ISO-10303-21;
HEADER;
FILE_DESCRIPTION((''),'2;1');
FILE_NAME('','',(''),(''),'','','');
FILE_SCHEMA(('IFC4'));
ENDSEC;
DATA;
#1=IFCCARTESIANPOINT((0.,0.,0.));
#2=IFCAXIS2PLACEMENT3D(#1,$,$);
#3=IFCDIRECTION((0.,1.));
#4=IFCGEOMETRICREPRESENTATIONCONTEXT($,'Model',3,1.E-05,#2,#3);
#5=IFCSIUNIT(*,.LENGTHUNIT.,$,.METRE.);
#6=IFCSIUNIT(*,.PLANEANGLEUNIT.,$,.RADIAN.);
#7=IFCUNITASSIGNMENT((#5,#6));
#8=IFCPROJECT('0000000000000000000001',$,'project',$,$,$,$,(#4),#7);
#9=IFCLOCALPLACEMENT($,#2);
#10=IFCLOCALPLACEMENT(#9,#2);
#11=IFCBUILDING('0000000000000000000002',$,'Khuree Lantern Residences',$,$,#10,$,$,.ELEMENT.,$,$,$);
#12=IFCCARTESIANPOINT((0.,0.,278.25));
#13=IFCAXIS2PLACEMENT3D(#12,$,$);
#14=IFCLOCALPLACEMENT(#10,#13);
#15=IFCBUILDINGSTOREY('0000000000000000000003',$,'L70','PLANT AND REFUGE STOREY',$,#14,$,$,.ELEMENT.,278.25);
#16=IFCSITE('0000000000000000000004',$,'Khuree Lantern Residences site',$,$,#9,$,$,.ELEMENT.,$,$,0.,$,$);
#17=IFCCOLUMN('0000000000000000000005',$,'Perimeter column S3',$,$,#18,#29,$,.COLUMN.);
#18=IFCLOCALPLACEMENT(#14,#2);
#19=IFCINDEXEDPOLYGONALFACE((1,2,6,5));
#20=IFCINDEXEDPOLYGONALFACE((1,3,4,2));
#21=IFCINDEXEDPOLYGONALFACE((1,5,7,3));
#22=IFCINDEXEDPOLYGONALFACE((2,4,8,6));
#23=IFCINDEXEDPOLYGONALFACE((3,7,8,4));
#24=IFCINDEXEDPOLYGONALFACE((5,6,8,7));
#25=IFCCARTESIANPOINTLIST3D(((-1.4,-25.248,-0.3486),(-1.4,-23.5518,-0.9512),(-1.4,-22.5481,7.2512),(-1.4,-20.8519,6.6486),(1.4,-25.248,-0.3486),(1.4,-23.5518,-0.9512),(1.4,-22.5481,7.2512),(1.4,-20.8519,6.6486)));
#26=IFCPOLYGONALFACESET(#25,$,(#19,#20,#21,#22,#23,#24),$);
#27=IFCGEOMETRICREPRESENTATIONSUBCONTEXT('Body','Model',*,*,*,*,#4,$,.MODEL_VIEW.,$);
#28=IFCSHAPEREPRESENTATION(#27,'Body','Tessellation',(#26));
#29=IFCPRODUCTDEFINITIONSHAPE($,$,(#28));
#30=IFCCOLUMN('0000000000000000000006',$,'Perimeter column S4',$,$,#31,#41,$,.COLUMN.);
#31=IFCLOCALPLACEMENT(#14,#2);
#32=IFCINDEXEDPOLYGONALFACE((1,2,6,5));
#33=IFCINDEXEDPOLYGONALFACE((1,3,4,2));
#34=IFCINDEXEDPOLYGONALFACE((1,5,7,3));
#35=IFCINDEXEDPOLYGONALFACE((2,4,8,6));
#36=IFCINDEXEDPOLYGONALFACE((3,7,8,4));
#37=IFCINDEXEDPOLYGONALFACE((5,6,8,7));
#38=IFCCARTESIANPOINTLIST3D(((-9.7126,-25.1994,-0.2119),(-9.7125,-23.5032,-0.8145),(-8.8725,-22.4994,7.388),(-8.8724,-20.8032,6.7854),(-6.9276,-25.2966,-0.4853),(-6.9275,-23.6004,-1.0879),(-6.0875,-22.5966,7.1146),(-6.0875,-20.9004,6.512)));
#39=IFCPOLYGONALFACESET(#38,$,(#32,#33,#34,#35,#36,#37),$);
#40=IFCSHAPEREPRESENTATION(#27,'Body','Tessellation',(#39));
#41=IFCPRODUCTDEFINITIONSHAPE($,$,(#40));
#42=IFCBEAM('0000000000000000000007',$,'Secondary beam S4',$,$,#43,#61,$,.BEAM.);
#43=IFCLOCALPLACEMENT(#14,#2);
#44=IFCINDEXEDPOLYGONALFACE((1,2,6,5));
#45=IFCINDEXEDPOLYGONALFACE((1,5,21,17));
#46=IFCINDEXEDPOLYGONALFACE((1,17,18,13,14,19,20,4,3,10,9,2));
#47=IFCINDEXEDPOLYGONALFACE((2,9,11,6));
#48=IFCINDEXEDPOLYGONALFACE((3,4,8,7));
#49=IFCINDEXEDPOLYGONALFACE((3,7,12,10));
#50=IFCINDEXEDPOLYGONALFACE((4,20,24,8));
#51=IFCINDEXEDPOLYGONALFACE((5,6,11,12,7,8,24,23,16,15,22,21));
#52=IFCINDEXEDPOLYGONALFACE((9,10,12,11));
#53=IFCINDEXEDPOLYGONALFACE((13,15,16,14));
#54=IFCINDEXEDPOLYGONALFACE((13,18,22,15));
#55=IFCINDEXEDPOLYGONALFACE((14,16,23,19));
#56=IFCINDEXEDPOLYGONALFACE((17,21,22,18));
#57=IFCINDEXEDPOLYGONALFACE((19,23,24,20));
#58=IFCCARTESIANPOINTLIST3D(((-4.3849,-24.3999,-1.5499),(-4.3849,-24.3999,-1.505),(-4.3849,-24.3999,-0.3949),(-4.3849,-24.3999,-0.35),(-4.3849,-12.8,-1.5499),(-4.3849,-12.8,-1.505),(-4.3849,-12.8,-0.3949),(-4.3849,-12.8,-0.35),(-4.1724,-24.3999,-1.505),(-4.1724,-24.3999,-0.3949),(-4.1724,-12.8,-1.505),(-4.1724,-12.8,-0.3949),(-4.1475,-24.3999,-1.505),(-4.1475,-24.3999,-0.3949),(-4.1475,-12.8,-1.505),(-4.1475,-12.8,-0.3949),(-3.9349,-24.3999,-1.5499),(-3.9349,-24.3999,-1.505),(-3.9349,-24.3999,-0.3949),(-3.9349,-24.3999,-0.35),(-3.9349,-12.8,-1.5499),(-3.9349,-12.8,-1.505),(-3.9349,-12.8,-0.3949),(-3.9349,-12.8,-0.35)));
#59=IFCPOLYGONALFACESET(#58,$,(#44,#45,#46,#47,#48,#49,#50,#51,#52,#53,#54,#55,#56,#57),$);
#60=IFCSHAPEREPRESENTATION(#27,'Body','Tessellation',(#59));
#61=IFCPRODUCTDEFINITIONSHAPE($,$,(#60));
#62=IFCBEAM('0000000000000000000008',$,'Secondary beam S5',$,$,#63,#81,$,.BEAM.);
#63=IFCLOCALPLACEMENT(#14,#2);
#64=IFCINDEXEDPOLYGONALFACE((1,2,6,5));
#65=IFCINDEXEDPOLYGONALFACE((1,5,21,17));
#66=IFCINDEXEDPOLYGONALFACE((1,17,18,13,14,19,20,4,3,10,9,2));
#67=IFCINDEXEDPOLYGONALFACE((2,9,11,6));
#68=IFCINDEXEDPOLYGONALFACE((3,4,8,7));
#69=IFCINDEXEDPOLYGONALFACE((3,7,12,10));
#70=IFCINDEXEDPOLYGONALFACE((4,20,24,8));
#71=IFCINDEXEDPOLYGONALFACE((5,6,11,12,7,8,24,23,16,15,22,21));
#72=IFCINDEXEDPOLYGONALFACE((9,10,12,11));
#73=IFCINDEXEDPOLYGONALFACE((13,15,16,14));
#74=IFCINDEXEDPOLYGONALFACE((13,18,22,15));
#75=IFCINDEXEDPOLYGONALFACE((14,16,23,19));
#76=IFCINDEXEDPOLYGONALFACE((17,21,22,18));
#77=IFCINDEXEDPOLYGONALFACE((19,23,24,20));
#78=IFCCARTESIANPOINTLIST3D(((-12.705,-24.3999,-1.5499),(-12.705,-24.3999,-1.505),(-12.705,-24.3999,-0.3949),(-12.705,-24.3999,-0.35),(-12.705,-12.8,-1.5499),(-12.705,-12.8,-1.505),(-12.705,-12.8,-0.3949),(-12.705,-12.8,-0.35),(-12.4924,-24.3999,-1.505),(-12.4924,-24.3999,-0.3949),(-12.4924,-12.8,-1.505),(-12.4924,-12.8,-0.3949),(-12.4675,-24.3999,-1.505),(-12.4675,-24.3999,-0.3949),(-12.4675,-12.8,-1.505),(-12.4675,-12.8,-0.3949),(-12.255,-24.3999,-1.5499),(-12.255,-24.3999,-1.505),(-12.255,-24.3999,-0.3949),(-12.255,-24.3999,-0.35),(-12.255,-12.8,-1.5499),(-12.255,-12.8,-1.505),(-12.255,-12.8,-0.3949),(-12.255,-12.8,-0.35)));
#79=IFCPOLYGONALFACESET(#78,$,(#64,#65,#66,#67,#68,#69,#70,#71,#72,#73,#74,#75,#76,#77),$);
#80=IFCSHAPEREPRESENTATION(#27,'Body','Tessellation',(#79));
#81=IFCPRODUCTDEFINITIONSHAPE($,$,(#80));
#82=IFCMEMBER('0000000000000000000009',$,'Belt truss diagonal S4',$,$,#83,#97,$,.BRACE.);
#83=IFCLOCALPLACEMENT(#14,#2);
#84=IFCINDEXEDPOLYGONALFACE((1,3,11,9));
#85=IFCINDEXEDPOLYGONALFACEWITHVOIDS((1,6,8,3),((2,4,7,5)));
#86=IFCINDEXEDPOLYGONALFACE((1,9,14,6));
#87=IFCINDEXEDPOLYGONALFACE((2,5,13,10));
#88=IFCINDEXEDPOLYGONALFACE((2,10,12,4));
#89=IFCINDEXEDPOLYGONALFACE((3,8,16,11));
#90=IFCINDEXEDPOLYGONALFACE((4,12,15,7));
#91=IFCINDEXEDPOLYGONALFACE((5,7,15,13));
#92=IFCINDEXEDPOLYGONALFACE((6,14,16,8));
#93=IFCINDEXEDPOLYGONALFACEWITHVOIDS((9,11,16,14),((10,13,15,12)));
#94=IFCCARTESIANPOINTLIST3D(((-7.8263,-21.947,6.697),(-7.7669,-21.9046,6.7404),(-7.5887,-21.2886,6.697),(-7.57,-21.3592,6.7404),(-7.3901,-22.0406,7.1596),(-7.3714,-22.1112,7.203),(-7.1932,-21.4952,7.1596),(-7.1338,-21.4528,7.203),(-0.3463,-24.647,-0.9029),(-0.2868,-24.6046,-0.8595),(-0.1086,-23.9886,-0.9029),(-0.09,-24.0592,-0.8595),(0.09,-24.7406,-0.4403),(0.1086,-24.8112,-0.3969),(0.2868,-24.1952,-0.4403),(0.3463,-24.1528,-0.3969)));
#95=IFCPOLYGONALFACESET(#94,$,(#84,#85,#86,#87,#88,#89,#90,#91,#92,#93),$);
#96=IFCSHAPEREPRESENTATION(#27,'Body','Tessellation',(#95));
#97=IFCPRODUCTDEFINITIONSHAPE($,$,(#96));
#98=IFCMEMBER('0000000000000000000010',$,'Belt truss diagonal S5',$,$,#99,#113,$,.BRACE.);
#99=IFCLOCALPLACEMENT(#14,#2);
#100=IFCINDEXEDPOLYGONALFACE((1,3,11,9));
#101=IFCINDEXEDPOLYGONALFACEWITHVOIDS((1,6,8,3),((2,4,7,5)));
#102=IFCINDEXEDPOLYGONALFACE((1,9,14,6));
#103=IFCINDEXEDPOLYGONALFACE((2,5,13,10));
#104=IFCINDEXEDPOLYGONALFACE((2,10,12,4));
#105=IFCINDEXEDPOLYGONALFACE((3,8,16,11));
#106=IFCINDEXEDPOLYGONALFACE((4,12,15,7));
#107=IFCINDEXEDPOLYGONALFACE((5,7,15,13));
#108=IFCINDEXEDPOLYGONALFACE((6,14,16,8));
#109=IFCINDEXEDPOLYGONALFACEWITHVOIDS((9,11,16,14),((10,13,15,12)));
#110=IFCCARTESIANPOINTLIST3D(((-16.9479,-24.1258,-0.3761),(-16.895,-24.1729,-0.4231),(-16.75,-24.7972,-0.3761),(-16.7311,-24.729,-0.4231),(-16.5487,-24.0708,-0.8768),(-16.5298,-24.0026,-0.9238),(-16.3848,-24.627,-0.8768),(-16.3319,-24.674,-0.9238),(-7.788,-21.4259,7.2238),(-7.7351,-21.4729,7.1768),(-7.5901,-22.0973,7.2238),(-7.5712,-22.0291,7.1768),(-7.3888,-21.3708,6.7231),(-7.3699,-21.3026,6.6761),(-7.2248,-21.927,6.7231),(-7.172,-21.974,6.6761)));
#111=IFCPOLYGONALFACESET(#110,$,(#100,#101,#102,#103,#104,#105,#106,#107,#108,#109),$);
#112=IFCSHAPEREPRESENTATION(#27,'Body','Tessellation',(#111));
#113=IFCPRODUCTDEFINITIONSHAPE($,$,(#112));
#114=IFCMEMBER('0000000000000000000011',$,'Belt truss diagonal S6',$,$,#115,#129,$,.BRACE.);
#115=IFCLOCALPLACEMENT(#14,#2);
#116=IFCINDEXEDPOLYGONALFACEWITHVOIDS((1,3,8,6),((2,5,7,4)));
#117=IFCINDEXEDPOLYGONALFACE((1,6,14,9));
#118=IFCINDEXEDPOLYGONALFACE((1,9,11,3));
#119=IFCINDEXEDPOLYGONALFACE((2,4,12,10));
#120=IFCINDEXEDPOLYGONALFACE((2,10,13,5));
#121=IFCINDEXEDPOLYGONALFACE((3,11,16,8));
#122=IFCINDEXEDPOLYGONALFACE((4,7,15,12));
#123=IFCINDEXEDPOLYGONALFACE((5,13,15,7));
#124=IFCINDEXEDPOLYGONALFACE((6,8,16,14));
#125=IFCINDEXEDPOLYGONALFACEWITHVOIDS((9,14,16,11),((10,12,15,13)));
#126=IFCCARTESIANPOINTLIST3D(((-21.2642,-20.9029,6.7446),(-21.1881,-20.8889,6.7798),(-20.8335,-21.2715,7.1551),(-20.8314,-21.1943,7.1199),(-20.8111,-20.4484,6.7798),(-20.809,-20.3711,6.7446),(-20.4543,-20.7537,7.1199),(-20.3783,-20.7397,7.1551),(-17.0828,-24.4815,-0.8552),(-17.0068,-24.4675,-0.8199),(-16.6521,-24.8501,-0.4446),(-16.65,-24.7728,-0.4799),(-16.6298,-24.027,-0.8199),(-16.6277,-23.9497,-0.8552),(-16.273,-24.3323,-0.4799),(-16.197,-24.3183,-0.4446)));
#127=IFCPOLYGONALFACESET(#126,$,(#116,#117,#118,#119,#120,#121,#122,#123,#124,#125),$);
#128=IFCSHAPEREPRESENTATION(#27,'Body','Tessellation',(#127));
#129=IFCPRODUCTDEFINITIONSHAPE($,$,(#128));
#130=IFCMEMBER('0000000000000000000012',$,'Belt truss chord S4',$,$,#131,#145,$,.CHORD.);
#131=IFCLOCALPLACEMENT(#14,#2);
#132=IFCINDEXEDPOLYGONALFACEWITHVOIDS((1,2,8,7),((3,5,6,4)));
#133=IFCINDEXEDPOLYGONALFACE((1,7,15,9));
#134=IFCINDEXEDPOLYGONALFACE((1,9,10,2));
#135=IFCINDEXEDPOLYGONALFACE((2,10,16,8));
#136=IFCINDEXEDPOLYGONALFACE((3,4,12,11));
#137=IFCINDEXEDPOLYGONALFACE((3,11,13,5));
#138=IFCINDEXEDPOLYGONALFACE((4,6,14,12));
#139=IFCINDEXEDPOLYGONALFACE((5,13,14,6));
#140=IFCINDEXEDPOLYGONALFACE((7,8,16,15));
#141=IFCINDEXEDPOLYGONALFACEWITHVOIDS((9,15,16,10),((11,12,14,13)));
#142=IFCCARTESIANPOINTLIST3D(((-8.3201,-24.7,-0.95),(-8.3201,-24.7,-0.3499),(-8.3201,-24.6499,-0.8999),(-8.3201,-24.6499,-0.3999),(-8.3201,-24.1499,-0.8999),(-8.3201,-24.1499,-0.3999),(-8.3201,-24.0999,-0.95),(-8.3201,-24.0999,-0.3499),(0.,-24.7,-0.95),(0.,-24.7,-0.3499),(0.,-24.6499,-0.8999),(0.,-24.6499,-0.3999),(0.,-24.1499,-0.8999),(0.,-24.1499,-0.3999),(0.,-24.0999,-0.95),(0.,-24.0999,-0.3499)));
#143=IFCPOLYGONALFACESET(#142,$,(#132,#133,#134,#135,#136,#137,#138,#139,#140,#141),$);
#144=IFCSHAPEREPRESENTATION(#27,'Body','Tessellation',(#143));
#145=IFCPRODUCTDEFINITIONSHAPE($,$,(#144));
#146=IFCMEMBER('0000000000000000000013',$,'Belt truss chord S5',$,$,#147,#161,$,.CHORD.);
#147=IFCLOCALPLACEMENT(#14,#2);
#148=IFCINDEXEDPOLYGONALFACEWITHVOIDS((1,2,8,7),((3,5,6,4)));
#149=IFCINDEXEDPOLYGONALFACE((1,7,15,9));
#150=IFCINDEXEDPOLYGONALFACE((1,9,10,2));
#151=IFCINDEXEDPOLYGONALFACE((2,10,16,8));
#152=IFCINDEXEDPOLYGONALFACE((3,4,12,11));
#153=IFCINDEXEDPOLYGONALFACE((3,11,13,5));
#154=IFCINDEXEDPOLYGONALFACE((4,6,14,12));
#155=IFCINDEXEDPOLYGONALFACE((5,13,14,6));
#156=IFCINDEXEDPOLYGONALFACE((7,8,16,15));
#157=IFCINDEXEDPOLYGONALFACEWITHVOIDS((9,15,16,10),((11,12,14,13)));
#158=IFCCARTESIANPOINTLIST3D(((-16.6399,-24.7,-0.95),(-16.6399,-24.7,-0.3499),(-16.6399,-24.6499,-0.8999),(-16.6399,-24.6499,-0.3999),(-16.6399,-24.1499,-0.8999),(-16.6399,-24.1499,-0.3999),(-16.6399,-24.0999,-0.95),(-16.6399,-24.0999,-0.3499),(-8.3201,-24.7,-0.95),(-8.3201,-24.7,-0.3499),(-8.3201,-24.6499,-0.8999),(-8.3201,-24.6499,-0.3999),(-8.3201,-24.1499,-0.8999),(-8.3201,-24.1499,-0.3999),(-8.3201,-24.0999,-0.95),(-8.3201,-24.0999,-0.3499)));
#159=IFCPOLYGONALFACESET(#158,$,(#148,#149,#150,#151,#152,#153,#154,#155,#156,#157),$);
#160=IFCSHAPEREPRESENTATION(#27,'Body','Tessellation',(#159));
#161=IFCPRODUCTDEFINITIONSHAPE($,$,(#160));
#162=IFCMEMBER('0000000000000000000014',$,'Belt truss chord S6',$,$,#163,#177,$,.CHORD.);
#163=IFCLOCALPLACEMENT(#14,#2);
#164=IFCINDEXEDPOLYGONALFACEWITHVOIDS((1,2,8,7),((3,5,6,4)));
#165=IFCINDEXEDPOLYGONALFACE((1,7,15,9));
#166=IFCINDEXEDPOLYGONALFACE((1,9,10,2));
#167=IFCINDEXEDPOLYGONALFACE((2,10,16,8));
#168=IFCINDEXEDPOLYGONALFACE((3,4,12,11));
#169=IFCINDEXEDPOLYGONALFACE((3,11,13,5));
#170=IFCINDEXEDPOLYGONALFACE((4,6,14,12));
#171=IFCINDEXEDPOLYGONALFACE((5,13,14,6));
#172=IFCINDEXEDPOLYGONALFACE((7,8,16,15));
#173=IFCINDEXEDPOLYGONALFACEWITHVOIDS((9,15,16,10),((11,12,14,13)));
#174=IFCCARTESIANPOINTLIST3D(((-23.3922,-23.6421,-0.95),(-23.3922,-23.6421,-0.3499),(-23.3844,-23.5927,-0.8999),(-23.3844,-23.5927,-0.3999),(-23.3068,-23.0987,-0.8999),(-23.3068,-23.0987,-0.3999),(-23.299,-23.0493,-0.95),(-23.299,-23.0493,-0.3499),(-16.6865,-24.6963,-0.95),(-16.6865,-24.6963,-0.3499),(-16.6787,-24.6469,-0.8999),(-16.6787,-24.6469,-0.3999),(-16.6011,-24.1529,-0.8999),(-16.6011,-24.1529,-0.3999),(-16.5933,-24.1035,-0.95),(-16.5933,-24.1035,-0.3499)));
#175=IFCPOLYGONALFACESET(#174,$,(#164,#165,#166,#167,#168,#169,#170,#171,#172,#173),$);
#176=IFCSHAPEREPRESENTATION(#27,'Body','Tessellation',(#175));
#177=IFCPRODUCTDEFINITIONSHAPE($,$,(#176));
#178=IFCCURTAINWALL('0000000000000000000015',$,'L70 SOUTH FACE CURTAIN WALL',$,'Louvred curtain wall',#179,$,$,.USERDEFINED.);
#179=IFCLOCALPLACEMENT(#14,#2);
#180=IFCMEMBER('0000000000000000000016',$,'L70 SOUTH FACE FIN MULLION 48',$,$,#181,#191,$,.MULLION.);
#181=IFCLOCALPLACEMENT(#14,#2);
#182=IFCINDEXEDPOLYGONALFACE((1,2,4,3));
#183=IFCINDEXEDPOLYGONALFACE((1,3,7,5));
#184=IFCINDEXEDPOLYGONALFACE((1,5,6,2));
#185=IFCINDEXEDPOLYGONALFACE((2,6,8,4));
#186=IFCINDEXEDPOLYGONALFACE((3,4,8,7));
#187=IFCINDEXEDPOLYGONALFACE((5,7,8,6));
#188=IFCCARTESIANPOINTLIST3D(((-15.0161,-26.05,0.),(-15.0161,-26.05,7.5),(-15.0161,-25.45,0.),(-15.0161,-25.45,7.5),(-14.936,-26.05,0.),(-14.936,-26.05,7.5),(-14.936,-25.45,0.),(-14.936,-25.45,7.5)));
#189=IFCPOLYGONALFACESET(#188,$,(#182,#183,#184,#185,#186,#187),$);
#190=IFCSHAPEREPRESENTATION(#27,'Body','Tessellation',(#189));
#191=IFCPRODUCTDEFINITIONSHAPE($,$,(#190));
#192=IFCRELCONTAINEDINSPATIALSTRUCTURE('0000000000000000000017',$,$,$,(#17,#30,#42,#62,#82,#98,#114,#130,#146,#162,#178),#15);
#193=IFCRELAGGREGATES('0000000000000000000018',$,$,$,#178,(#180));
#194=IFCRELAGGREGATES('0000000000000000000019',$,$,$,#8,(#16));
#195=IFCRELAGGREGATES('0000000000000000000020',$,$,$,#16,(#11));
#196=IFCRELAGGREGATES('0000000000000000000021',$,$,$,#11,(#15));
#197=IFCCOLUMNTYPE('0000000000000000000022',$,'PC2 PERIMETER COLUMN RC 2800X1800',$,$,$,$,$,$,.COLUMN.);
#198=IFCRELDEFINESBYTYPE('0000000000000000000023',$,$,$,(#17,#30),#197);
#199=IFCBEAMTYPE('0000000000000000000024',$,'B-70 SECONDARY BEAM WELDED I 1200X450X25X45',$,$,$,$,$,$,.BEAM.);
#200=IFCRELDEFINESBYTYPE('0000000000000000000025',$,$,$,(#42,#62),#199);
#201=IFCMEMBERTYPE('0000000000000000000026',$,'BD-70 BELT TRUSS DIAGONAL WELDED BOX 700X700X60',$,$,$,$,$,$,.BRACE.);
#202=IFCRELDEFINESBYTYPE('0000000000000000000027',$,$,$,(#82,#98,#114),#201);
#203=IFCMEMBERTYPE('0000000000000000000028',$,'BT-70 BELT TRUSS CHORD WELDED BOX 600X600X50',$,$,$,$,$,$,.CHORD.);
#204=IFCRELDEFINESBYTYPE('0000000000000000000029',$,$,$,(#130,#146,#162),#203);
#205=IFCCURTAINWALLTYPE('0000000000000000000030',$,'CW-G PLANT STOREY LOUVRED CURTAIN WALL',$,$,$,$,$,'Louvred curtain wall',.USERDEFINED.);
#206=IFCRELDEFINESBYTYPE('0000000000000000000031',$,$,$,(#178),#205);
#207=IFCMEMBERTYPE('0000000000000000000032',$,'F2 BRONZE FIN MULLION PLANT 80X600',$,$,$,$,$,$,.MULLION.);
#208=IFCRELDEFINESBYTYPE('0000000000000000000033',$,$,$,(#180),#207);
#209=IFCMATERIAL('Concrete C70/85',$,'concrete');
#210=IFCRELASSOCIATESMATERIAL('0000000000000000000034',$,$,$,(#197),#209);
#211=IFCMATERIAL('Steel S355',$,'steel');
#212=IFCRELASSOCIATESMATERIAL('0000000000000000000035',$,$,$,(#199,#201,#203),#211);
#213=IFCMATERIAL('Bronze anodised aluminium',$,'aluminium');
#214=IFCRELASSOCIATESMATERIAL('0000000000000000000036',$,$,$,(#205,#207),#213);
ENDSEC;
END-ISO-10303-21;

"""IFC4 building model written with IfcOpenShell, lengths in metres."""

from ifc_helpers import new_model, si_unit, direction, frame, origin, origin_2d, place, context, subcontext, project, spatial, rectangle, hollow_rectangle, i_section, extrude, material, material_profile, profile_set, type_object, element, aggregate, save


model = new_model("IFC4")

# Units and contexts
model_context = context("Model", 3, precision=1e-05, world=origin(), true_north=direction((0.0, 1.0)))
body_context = subcontext(model_context, "Body", "Model", "MODEL_VIEW")
ifc_project = project(units=[si_unit("LENGTHUNIT", "METRE"), si_unit("PLANEANGLEUNIT", "RADIAN")], contexts=[model_context])

# Site, building, storey
site_placement = place(None, origin())
site = spatial("IfcSite", under=ifc_project, at=site_placement, Name="Khuree Lantern Residences site", CompositionType="ELEMENT", RefElevation=0.0)
building_placement = place(site_placement, origin())
building = spatial("IfcBuilding", under=site, at=building_placement, Name="Khuree Lantern Residences", CompositionType="ELEMENT")
storey_placement = place(building_placement, frame((0.0, 0.0, 278.25)))
storey = spatial("IfcBuildingStorey", under=building, at=storey_placement, Name="L70", Description="PLANT AND REFUGE STOREY", CompositionType="ELEMENT", Elevation=278.25)

# Columns
ifc_material_1 = material(Name="Concrete C70/85", Category="concrete")
ifc_material_profile_1 = material_profile(ifc_material_1, rectangle(XDim=2.8, YDim=1.8, at=origin_2d()), Name="RC 2800X1800")
ifc_profile_set_1 = profile_set([ifc_material_profile_1], Name="Concrete C70/85")
column_type = type_object("IfcColumnType", Name="PC2 PERIMETER COLUMN RC 2800X1800", PredefinedType="COLUMN", material=ifc_profile_set_1)
column_1_placement = place(storey_placement, frame((0.0, -24.3999, -0.6499), z_axis=(0.0, 0.334765, 0.942302), x_axis=(1.0, 0.0, 0.0)))
element("IfcColumn", 1, at=column_1_placement, inside=storey, type_object=column_type, Name="Perimeter column S3", PredefinedType="COLUMN", context=body_context, shape_type="SweptSolid", body=[
    extrude(rectangle(XDim=2.8, YDim=1.8, at=origin_2d()), origin(), (0.0, 0.0, 1.0), 8.0652),
])
column_2_placement = place(storey_placement, frame((-8.3201, -24.3999, -0.6499), z_axis=(0.103602, 0.332964, 0.937231), x_axis=(0.994619, -0.034713, -0.097613)))
element("IfcColumn", 2, at=column_2_placement, inside=storey, type_object=column_type, Name="Perimeter column S4", PredefinedType="COLUMN", context=body_context, shape_type="SweptSolid", body=[
    extrude(rectangle(XDim=2.8, YDim=1.8, at=origin_2d()), origin(), (0.0, 0.0, 1.0), 8.1089),
])

# Beams
ifc_material_2 = material(Name="Steel S355", Category="steel")
ifc_material_profile_2 = material_profile(ifc_material_2, i_section(OverallWidth=0.45, OverallDepth=1.2, WebThickness=0.0249, FlangeThickness=0.0449, at=origin_2d()), Name="WELDED I 1200X450X25X45")
ifc_profile_set_2 = profile_set([ifc_material_profile_2], Name="Steel S355")
beam_type_1 = type_object("IfcBeamType", Name="B-70 SECONDARY BEAM WELDED I 1200X450X25X45", PredefinedType="BEAM", material=ifc_profile_set_2)
for number, where, z_axis, x_axis, name in (
    (3, (-4.1599, -24.3999, -0.95), (0.0, 1.0, 0.0), (-1.0, 0.0, 0.0), "Secondary beam S4"),
    (4, (-12.48, -24.3999, -0.95), (0.0, 1.0, 0.0), (-1.0, 0.0, 0.0), "Secondary beam S5"),
):
    element("IfcBeam", number, at=place(storey_placement, frame(where, z_axis=z_axis, x_axis=x_axis)), inside=storey, type_object=beam_type_1, Name=name, PredefinedType="BEAM", context=body_context, shape_type="SweptSolid", body=[
        extrude(i_section(OverallWidth=0.45, OverallDepth=1.2, WebThickness=0.0249, FlangeThickness=0.0449, at=origin_2d()), origin(), (0.0, 0.0, 1.0), 11.5999),
    ])

# Members
ifc_material_profile_3 = material_profile(ifc_material_2, hollow_rectangle(XDim=0.7, YDim=0.7, WallThickness=0.0601, at=origin_2d()), Name="WELDED BOX 700X700X60")
ifc_profile_set_3 = profile_set([ifc_material_profile_3], Name="Steel S355")
member_type_1 = type_object("IfcMemberType", Name="BD-70 BELT TRUSS DIAGONAL WELDED BOX 700X700X60", PredefinedType="BRACE", material=ifc_profile_set_3)
member_1_placement = place(storey_placement, frame((0.0, -24.3999, -0.6499), z_axis=(-0.680005, 0.245453, 0.690903), x_axis=(-0.339516, -0.9406, 0.0)))
element("IfcMember", 5, at=member_1_placement, inside=storey, type_object=member_type_1, Name="Belt truss diagonal S4", PredefinedType="BRACE", context=body_context, shape_type="SweptSolid", body=[
    extrude(hollow_rectangle(XDim=0.7, YDim=0.7, WallThickness=0.0601, at=origin_2d()), origin(), (0.0, 0.0, 1.0), 11.0),
])
member_2_placement = place(storey_placement, frame((-7.48, -21.7, 6.95), z_axis=(-0.750531, -0.221225, -0.622706), x_axis=(0.282731, -0.959199, 0.0)))
element("IfcMember", 6, at=member_2_placement, inside=storey, type_object=member_type_1, Name="Belt truss diagonal S5", PredefinedType="BRACE", context=body_context, shape_type="SweptSolid", body=[
    extrude(hollow_rectangle(XDim=0.7, YDim=0.7, WallThickness=0.0601, at=origin_2d()), origin(), (0.0, 0.0, 1.0), 12.2046),
])
member_3_placement = place(storey_placement, frame((-16.6399, -24.3999, -0.6499), z_axis=(-0.445616, 0.381377, 0.809925), x_axis=(-0.650221, -0.759745, 0.0)))
element("IfcMember", 7, at=member_3_placement, inside=storey, type_object=member_type_1, Name="Belt truss diagonal S6", PredefinedType="BRACE", context=body_context, shape_type="SweptSolid", body=[
    extrude(hollow_rectangle(XDim=0.7, YDim=0.7, WallThickness=0.0601, at=origin_2d()), origin(), (0.0, 0.0, 1.0), 9.3833),
])
ifc_material_profile_4 = material_profile(ifc_material_2, hollow_rectangle(XDim=0.6001, YDim=0.6001, WallThickness=0.05, at=origin_2d()), Name="WELDED BOX 600X600X50")
ifc_profile_set_4 = profile_set([ifc_material_profile_4], Name="Steel S355")
member_type_2 = type_object("IfcMemberType", Name="BT-70 BELT TRUSS CHORD WELDED BOX 600X600X50", PredefinedType="CHORD", material=ifc_profile_set_4)
member_4_placement = place(storey_placement, frame((0.0, -24.3999, -0.6499), z_axis=(-1.0, 0.0, 0.0), x_axis=(0.0, -1.0, 0.0)))
element("IfcMember", 8, at=member_4_placement, inside=storey, type_object=member_type_2, Name="Belt truss chord S4", PredefinedType="CHORD", context=body_context, shape_type="SweptSolid", body=[
    extrude(hollow_rectangle(XDim=0.6001, YDim=0.6001, WallThickness=0.05, at=origin_2d()), origin(), (0.0, 0.0, 1.0), 8.3201),
])
member_5_placement = place(storey_placement, frame((-8.3201, -24.3999, -0.6499), z_axis=(-1.0, 0.0, 0.0), x_axis=(0.0, -1.0, 0.0)))
element("IfcMember", 9, at=member_5_placement, inside=storey, type_object=member_type_2, Name="Belt truss chord S5", PredefinedType="CHORD", context=body_context, shape_type="SweptSolid", body=[
    extrude(hollow_rectangle(XDim=0.6001, YDim=0.6001, WallThickness=0.05, at=origin_2d()), origin(), (0.0, 0.0, 1.0), 8.3198),
])
member_6_placement = place(storey_placement, frame((-16.6399, -24.3999, -0.6499), z_axis=(-0.987867, 0.1553, 0.0), x_axis=(-0.1553, -0.987867, 0.0)))
element("IfcMember", 10, at=member_6_placement, inside=storey, type_object=member_type_2, Name="Belt truss chord S6", PredefinedType="CHORD", context=body_context, shape_type="SweptSolid", body=[
    extrude(hollow_rectangle(XDim=0.6001, YDim=0.6001, WallThickness=0.05, at=origin_2d()), origin(), (0.0, 0.0, 1.0), 6.7881),
])

# Curtain wall, member
ifc_material_3 = material(Name="Bronze anodised aluminium", Category="aluminium")
curtain_wall_type = type_object("IfcCurtainWallType", Name="CW-G PLANT STOREY LOUVRED CURTAIN WALL", ElementType="Louvred curtain wall", PredefinedType="USERDEFINED", material=ifc_material_3)
curtain_wall_placement = place(storey_placement, origin())
curtain_wall = element("IfcCurtainWall", 11, at=curtain_wall_placement, inside=storey, type_object=curtain_wall_type, Name="L70 SOUTH FACE CURTAIN WALL", ObjectType="Louvred curtain wall", PredefinedType="USERDEFINED")
ifc_material_profile_5 = material_profile(ifc_material_3, rectangle(XDim=0.0801, YDim=0.6001, at=origin_2d()), Name="F2 80X600")
ifc_profile_set_5 = profile_set([ifc_material_profile_5], Name="Bronze anodised aluminium")
member_type_3 = type_object("IfcMemberType", Name="F2 BRONZE FIN MULLION PLANT 80X600", PredefinedType="MULLION", material=ifc_profile_set_5)
member_7_placement = place(storey_placement, frame((-14.9761, -25.75, 0.0), z_axis=(0.0, 0.0, 1.0), x_axis=(1.0, 0.0, 0.0)))
member_7 = element("IfcMember", 12, at=member_7_placement, type_object=member_type_3, Name="L70 SOUTH FACE FIN MULLION 48", PredefinedType="MULLION", context=body_context, shape_type="SweptSolid", body=[
    extrude(rectangle(XDim=0.0801, YDim=0.6001, at=origin_2d()), origin(), (0.0, 0.0, 1.0), 7.5),
])

aggregate(curtain_wall, [member_7])

save(model, "model.ifc")
